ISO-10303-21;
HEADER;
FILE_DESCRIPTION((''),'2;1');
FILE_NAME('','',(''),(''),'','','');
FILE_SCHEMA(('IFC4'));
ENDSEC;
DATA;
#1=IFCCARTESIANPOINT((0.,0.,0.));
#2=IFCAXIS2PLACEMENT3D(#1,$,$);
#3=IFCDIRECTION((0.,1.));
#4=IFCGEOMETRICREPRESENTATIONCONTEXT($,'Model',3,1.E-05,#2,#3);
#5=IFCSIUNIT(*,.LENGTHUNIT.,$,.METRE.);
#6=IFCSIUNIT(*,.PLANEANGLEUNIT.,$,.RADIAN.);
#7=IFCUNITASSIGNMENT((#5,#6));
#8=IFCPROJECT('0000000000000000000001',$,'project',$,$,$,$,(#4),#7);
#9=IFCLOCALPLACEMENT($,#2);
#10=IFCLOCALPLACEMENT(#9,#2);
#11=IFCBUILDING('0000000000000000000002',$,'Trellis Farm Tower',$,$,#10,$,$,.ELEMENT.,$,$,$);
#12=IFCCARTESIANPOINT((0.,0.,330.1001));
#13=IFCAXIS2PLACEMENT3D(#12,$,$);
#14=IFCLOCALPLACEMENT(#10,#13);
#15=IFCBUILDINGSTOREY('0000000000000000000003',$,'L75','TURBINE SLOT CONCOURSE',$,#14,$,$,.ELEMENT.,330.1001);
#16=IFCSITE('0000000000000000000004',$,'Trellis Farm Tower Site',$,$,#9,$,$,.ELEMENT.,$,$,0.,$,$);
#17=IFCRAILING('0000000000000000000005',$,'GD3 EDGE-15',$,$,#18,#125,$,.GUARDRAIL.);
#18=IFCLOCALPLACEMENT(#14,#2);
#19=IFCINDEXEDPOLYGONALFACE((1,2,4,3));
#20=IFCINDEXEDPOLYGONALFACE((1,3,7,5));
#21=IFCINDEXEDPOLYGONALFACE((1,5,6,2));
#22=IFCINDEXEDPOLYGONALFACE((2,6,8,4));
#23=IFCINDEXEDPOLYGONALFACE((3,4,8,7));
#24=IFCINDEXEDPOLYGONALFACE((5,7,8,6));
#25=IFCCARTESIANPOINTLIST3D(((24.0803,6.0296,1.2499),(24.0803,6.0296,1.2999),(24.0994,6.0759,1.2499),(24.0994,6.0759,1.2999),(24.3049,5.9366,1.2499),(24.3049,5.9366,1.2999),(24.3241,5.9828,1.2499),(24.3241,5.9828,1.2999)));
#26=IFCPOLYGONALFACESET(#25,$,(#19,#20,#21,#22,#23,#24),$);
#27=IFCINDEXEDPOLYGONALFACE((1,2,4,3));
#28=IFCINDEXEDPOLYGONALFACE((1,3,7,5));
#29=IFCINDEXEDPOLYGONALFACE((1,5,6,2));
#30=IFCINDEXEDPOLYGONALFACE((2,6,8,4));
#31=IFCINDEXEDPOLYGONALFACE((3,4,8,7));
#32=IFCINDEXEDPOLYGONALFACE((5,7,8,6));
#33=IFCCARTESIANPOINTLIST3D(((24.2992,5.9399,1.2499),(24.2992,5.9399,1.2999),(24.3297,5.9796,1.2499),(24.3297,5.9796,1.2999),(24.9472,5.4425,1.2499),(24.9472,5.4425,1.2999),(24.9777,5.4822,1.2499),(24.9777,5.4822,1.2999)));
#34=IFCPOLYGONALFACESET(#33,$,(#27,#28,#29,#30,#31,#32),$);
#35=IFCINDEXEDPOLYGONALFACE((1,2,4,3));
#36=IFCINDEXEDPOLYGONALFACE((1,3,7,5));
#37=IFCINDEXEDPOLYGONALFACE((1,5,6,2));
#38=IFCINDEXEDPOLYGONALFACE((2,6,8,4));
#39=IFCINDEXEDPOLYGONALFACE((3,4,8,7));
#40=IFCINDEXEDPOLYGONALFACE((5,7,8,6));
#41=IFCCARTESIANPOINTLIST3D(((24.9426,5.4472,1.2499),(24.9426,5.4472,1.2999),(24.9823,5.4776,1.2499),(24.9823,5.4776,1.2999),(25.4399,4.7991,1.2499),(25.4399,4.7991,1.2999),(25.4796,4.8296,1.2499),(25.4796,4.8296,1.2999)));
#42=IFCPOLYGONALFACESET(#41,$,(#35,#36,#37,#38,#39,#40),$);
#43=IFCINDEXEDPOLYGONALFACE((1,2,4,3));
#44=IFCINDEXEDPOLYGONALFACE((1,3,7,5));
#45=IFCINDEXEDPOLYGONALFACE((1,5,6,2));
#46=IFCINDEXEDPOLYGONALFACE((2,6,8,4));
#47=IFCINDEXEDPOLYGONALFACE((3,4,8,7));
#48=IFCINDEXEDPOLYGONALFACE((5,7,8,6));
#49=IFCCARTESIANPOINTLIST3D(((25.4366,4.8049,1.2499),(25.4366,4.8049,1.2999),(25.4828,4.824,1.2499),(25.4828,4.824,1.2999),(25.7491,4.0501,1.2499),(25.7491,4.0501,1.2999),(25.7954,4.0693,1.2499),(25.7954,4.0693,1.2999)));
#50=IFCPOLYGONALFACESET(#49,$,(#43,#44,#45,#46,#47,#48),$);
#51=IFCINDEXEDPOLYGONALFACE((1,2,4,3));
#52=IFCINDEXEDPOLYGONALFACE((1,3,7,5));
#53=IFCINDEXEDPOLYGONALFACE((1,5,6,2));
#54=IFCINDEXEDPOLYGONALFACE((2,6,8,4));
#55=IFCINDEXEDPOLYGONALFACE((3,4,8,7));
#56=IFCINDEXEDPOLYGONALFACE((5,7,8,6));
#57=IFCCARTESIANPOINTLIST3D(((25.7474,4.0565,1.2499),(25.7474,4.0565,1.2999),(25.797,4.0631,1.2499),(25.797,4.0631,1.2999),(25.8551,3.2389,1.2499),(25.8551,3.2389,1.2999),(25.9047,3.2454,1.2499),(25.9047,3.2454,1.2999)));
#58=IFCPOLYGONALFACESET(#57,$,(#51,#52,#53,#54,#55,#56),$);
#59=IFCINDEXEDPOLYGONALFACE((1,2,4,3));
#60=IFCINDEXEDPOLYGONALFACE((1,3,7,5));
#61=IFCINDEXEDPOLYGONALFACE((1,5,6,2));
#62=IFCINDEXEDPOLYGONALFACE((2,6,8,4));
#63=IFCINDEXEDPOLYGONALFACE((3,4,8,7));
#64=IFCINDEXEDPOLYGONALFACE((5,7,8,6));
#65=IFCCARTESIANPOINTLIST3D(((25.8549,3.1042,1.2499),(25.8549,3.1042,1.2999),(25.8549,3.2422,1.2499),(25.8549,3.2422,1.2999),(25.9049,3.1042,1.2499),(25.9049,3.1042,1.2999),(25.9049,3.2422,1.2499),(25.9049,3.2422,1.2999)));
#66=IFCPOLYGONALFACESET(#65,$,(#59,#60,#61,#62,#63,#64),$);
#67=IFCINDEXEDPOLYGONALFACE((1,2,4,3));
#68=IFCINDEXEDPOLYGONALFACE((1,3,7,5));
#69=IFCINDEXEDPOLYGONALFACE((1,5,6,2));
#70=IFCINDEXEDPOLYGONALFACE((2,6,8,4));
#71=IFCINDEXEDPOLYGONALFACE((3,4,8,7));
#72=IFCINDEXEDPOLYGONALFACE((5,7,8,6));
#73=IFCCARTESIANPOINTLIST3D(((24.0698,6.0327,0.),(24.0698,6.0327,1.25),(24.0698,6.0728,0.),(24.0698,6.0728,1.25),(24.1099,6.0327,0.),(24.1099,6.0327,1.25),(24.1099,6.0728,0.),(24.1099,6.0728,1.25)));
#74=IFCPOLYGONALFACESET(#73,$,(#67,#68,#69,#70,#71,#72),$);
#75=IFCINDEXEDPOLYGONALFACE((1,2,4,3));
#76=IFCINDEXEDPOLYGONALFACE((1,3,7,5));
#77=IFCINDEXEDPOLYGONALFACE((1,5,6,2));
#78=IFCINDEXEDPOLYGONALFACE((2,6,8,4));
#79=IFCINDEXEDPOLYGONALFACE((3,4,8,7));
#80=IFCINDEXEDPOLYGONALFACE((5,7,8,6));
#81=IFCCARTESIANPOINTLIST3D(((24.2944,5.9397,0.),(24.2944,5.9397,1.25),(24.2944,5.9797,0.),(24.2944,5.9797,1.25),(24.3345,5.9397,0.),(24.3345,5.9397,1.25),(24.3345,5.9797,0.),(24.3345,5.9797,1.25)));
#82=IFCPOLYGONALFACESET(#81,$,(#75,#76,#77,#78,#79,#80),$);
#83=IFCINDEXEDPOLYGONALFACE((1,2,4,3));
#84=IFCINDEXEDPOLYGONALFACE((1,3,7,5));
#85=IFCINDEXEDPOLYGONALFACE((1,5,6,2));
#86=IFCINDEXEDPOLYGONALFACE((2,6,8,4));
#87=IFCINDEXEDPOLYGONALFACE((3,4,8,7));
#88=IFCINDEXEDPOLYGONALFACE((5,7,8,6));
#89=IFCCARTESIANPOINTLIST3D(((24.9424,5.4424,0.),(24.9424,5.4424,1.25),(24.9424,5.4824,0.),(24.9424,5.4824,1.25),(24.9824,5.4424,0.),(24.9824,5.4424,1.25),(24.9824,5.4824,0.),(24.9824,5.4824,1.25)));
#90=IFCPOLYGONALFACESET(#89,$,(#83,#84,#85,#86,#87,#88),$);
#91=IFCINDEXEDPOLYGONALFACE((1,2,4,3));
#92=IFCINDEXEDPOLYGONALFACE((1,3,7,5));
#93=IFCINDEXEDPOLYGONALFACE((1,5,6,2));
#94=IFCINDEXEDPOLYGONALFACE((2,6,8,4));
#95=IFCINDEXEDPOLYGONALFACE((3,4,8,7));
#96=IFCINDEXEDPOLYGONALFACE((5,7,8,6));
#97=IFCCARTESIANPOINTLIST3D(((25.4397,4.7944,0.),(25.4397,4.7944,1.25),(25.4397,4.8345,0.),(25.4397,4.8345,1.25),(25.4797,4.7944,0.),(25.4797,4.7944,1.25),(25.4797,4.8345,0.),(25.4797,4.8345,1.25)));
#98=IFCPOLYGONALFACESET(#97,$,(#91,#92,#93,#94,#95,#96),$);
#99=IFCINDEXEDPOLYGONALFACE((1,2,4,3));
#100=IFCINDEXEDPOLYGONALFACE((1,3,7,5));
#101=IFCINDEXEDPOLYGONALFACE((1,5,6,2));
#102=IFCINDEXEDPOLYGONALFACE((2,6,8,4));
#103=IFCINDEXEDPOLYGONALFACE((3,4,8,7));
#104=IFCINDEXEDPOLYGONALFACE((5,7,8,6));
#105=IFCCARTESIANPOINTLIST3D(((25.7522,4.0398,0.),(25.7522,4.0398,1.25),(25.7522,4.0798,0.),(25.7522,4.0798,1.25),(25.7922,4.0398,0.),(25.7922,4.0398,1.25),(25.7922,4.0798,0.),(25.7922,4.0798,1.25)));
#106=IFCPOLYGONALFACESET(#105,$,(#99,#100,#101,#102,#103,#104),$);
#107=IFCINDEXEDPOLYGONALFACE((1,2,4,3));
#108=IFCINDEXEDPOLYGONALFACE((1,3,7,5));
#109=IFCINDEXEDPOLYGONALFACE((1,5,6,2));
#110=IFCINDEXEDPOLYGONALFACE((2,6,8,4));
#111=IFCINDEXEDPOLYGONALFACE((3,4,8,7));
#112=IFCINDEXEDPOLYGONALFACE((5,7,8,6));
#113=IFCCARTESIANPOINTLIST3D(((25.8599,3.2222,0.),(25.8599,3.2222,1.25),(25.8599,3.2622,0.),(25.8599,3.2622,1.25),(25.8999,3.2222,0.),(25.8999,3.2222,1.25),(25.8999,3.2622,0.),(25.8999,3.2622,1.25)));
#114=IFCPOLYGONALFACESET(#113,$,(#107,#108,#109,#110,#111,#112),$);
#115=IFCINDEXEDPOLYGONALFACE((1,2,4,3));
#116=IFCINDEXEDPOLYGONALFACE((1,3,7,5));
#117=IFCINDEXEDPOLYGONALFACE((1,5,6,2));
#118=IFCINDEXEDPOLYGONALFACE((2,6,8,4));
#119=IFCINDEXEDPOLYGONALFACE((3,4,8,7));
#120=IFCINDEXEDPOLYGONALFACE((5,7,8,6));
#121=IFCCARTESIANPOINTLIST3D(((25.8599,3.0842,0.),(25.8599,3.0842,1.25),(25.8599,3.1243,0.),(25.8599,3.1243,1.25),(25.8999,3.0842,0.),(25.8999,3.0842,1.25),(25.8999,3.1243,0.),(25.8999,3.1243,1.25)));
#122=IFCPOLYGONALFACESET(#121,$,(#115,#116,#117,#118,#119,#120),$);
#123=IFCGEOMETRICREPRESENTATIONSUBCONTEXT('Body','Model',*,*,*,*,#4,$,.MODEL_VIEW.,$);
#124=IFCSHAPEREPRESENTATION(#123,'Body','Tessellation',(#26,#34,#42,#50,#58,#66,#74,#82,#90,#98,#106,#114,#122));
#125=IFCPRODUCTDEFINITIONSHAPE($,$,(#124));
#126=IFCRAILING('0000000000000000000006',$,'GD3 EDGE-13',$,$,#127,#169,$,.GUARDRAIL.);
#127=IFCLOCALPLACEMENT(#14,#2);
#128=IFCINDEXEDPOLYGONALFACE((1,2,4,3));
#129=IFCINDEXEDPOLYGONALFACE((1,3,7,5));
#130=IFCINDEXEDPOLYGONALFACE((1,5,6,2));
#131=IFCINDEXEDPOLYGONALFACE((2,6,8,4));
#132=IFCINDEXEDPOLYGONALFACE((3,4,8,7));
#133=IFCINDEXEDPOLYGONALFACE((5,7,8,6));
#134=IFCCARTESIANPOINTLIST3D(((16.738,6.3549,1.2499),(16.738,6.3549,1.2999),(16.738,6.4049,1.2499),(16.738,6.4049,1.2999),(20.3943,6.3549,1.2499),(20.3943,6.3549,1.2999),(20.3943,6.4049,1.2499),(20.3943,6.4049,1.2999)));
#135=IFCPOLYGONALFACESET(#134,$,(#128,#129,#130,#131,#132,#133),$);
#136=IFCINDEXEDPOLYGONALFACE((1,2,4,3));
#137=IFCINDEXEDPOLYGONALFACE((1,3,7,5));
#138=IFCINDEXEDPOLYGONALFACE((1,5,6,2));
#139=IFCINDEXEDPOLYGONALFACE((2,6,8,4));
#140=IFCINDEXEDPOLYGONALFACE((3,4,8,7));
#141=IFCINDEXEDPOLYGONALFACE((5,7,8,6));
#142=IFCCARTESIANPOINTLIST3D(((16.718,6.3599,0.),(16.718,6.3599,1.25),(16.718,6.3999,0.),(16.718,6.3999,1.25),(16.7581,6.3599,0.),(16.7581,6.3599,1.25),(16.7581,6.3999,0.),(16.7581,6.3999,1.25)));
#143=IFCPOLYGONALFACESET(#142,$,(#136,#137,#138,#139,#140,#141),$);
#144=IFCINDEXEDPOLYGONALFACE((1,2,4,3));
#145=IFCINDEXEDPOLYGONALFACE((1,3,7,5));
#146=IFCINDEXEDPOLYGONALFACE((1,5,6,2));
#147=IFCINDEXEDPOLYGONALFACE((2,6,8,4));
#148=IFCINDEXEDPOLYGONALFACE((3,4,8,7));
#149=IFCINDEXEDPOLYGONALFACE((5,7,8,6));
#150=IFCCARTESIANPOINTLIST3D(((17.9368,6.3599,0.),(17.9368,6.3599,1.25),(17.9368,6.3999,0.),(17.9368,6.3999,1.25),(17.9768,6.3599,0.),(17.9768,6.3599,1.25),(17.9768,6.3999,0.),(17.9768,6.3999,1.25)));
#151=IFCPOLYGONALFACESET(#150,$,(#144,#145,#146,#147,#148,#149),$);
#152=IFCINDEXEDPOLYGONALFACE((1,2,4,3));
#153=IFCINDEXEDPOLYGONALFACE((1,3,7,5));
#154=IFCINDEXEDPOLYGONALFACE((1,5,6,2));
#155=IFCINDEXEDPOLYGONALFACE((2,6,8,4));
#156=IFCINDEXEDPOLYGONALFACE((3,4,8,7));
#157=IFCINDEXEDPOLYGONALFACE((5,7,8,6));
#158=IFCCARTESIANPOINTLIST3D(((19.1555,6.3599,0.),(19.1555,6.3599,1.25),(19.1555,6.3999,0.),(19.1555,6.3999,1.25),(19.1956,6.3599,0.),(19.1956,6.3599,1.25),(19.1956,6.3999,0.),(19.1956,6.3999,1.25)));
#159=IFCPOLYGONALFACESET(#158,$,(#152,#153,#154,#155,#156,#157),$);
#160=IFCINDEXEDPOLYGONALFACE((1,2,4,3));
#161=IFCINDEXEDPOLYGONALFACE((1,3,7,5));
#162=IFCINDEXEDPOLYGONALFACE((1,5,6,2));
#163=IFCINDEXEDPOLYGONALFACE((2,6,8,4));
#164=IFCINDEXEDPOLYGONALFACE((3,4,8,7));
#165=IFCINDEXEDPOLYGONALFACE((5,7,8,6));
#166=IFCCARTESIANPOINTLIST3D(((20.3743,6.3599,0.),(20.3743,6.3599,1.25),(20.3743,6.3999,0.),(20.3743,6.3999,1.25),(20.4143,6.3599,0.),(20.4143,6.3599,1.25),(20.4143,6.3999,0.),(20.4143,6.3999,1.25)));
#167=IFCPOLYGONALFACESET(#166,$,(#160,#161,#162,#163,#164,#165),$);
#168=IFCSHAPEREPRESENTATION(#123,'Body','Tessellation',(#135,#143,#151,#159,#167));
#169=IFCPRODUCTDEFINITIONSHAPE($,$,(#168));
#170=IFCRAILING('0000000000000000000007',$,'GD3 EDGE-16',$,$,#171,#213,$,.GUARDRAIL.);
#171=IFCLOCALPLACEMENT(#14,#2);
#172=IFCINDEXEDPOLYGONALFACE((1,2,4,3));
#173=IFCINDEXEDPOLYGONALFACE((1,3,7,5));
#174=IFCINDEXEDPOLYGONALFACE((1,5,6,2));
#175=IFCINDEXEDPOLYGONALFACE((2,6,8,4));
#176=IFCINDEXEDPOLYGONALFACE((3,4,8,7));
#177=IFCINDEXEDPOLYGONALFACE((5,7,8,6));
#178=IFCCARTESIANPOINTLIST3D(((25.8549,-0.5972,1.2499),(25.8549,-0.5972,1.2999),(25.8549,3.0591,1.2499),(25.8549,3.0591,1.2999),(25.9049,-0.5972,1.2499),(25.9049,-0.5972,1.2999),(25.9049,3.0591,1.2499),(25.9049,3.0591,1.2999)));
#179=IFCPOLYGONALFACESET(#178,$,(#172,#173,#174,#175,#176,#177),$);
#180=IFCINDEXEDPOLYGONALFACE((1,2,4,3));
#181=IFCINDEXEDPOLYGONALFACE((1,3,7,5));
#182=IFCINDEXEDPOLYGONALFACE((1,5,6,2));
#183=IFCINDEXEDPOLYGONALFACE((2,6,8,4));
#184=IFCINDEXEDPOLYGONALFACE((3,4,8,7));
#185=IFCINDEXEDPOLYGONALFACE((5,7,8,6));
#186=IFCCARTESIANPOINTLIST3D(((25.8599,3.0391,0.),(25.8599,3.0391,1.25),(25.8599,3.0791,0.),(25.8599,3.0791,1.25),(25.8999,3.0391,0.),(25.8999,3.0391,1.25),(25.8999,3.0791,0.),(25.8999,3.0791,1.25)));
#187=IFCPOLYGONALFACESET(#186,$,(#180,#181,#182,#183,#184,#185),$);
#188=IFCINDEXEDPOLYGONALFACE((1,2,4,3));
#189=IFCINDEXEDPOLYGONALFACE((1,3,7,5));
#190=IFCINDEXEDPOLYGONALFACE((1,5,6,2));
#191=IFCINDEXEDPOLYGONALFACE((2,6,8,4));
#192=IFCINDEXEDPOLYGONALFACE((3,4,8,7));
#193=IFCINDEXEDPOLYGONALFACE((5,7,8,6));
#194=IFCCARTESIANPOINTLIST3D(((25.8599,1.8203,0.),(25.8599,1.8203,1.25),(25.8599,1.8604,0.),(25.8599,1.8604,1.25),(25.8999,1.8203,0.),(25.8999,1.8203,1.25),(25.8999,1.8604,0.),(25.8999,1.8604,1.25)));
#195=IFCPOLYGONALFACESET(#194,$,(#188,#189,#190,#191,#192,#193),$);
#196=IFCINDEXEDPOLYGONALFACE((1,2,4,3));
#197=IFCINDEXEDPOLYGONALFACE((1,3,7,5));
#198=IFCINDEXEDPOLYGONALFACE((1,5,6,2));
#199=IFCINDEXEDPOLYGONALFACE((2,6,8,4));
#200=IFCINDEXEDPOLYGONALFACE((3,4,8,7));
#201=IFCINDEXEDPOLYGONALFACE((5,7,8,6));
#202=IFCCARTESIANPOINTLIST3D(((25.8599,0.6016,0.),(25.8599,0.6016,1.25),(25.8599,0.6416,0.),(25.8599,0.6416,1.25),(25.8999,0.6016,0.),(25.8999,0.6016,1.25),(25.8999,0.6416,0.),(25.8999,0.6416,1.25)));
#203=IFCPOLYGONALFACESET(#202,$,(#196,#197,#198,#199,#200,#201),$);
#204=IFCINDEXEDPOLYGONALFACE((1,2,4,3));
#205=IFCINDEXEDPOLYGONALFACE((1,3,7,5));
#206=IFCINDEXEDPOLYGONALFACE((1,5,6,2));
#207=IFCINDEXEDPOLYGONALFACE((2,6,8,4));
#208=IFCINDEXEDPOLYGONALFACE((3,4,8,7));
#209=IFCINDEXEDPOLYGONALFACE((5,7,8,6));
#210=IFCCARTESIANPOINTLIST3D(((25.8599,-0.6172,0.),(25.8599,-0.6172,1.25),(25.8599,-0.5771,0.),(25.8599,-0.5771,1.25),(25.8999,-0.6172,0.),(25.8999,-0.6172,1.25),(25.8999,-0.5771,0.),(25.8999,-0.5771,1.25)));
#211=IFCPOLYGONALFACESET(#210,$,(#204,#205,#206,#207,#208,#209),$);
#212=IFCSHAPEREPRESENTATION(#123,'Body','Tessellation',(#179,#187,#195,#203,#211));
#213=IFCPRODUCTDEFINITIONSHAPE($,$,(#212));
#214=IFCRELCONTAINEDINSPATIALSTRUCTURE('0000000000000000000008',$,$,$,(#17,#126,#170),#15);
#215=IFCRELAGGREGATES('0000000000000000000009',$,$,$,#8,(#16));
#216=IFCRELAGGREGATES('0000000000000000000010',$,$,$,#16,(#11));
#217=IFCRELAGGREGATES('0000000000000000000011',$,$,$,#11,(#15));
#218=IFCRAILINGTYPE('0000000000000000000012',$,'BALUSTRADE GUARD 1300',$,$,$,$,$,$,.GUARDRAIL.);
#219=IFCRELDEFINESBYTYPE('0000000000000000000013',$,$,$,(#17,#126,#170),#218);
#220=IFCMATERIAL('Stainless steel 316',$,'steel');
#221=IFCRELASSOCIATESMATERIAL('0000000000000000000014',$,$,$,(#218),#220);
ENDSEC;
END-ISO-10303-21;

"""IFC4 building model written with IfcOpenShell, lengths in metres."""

from ifc_helpers import new_model, si_unit, direction, frame, origin, origin_2d, place, context, subcontext, project, spatial, rectangle, extrude, source, transform, mapped, material, type_object, element, save


model = new_model("IFC4")

# Units and contexts
model_context = context("Model", 3, precision=1e-05, world=origin(), true_north=direction((0.0, 1.0)))
body_context = subcontext(model_context, "Body", "Model", "MODEL_VIEW")
ifc_project = project(units=[si_unit("LENGTHUNIT", "METRE"), si_unit("PLANEANGLEUNIT", "RADIAN")], contexts=[model_context])

# Site, building, storey
site_placement = place(None, origin())
site = spatial("IfcSite", under=ifc_project, at=site_placement, Name="Trellis Farm Tower Site", CompositionType="ELEMENT", RefElevation=0.0)
building_placement = place(site_placement, origin())
building = spatial("IfcBuilding", under=site, at=building_placement, Name="Trellis Farm Tower", CompositionType="ELEMENT")
storey_placement = place(building_placement, frame((0.0, 0.0, 330.1001)))
storey = spatial("IfcBuildingStorey", under=building, at=storey_placement, Name="L75", Description="TURBINE SLOT CONCOURSE", CompositionType="ELEMENT", Elevation=330.1001)

# Railings
ifc_material_1 = material(Name="Stainless steel 316", Category="steel")
railing_type = type_object("IfcRailingType", Name="BALUSTRADE GUARD 1300", PredefinedType="GUARDRAIL", material=ifc_material_1)
railing_1_placement = place(storey_placement, frame((24.0898, 6.0527, 0.0)))
element("IfcRailing", 1, at=railing_1_placement, inside=storey, type_object=railing_type, Name="GD3 EDGE-15", PredefinedType="GUARDRAIL", context=body_context, shape_type="SweptSolid", body=[
    extrude(rectangle(XDim=0.05, YDim=0.05, at=origin_2d()), frame((0.0, 0.0, 1.2749), z_axis=(0.923907, -0.382618, 0.0), x_axis=(0.382618, 0.923907, 0.0)), (0.0, 0.0, 1.0), 0.2432),
    extrude(rectangle(XDim=0.05, YDim=0.05, at=origin_2d()), frame((0.2246, -0.093, 1.2749), z_axis=(0.793279, -0.608858, 0.0), x_axis=(0.608858, 0.793279, 0.0)), (0.0, 0.0, 1.0), 0.8169),
    extrude(rectangle(XDim=0.05, YDim=0.05, at=origin_2d()), frame((0.8726, -0.5903, 1.2749), z_axis=(0.608858, -0.793279, 0.0), x_axis=(0.793279, 0.608858, 0.0)), (0.0, 0.0, 1.0), 0.8169),
    extrude(rectangle(XDim=0.05, YDim=0.05, at=origin_2d()), frame((1.3699, -1.2383, 1.2749), z_axis=(0.382598, -0.923915, 0.0), x_axis=(0.923915, 0.382598, 0.0)), (0.0, 0.0, 1.0), 0.8169),
    extrude(rectangle(XDim=0.05, YDim=0.05, at=origin_2d()), frame((1.6824, -1.9929, 1.2749), z_axis=(0.130554, -0.991441, 0.0), x_axis=(0.991441, 0.130554, 0.0)), (0.0, 0.0, 1.0), 0.8247),
    extrude(rectangle(XDim=0.05, YDim=0.05, at=origin_2d()), frame((1.79, -2.8105, 1.2749), z_axis=(0.0, -1.0, 0.0), x_axis=(1.0, 0.0, 0.0)), (0.0, 0.0, 1.0), 0.1379),
    extrude(rectangle(XDim=0.04, YDim=0.04, at=origin_2d()), origin(), (0.0, 0.0, 1.0), 1.25),
    extrude(rectangle(XDim=0.04, YDim=0.04, at=origin_2d()), frame((0.2246, -0.093, 0.0)), (0.0, 0.0, 1.0), 1.25),
    extrude(rectangle(XDim=0.04, YDim=0.04, at=origin_2d()), frame((0.8726, -0.5903, 0.0)), (0.0, 0.0, 1.0), 1.25),
    extrude(rectangle(XDim=0.04, YDim=0.04, at=origin_2d()), frame((1.3699, -1.2383, 0.0)), (0.0, 0.0, 1.0), 1.25),
    extrude(rectangle(XDim=0.04, YDim=0.04, at=origin_2d()), frame((1.6824, -1.9929, 0.0)), (0.0, 0.0, 1.0), 1.25),
    extrude(rectangle(XDim=0.04, YDim=0.04, at=origin_2d()), frame((1.79, -2.8105, 0.0)), (0.0, 0.0, 1.0), 1.25),
    extrude(rectangle(XDim=0.04, YDim=0.04, at=origin_2d()), frame((1.79, -2.9485, 0.0)), (0.0, 0.0, 1.0), 1.25),
])
shared_shape_1 = source(origin(), body_context, "Body", "SweptSolid", [
    extrude(rectangle(XDim=0.05, YDim=0.05, at=origin_2d()), frame((0.0, 0.0, 1.2749), z_axis=(1.0, 0.0, 0.0), x_axis=(0.0, 1.0, 0.0)), (0.0, 0.0, 1.0), 3.6562),
    extrude(rectangle(XDim=0.04, YDim=0.04, at=origin_2d()), origin(), (0.0, 0.0, 1.0), 1.25),
    extrude(rectangle(XDim=0.04, YDim=0.04, at=origin_2d()), frame((1.2188, 0.0, 0.0)), (0.0, 0.0, 1.0), 1.25),
    extrude(rectangle(XDim=0.04, YDim=0.04, at=origin_2d()), frame((2.4375, 0.0, 0.0)), (0.0, 0.0, 1.0), 1.25),
    extrude(rectangle(XDim=0.04, YDim=0.04, at=origin_2d()), frame((3.6562, 0.0, 0.0)), (0.0, 0.0, 1.0), 1.25),
])
railing_2_placement = place(storey_placement, frame((16.738, 6.3799, 0.0)))
element("IfcRailing", 2, at=railing_2_placement, inside=storey, type_object=railing_type, Name="GD3 EDGE-13", PredefinedType="GUARDRAIL", context=body_context, shape_type="MappedRepresentation", body=[
    mapped(shared_shape_1, transform((0.0, 0.0, 0.0))),
])
shared_shape_2 = source(origin(), body_context, "Body", "SweptSolid", [
    extrude(rectangle(XDim=0.05, YDim=0.05, at=origin_2d()), frame((0.0, 0.0, 1.2749), z_axis=(0.0, -1.0, 0.0), x_axis=(1.0, 0.0, 0.0)), (0.0, 0.0, 1.0), 3.6562),
    extrude(rectangle(XDim=0.04, YDim=0.04, at=origin_2d()), origin(), (0.0, 0.0, 1.0), 1.25),
    extrude(rectangle(XDim=0.04, YDim=0.04, at=origin_2d()), frame((0.0, -1.2188, 0.0)), (0.0, 0.0, 1.0), 1.25),
    extrude(rectangle(XDim=0.04, YDim=0.04, at=origin_2d()), frame((0.0, -2.4375, 0.0)), (0.0, 0.0, 1.0), 1.25),
    extrude(rectangle(XDim=0.04, YDim=0.04, at=origin_2d()), frame((0.0, -3.6562, 0.0)), (0.0, 0.0, 1.0), 1.25),
])
railing_3_placement = place(storey_placement, frame((25.8799, 3.0591, 0.0)))
element("IfcRailing", 3, at=railing_3_placement, inside=storey, type_object=railing_type, Name="GD3 EDGE-16", PredefinedType="GUARDRAIL", context=body_context, shape_type="MappedRepresentation", body=[
    mapped(shared_shape_2, transform((0.0, 0.0, 0.0))),
])

save(model, "model.ifc")
